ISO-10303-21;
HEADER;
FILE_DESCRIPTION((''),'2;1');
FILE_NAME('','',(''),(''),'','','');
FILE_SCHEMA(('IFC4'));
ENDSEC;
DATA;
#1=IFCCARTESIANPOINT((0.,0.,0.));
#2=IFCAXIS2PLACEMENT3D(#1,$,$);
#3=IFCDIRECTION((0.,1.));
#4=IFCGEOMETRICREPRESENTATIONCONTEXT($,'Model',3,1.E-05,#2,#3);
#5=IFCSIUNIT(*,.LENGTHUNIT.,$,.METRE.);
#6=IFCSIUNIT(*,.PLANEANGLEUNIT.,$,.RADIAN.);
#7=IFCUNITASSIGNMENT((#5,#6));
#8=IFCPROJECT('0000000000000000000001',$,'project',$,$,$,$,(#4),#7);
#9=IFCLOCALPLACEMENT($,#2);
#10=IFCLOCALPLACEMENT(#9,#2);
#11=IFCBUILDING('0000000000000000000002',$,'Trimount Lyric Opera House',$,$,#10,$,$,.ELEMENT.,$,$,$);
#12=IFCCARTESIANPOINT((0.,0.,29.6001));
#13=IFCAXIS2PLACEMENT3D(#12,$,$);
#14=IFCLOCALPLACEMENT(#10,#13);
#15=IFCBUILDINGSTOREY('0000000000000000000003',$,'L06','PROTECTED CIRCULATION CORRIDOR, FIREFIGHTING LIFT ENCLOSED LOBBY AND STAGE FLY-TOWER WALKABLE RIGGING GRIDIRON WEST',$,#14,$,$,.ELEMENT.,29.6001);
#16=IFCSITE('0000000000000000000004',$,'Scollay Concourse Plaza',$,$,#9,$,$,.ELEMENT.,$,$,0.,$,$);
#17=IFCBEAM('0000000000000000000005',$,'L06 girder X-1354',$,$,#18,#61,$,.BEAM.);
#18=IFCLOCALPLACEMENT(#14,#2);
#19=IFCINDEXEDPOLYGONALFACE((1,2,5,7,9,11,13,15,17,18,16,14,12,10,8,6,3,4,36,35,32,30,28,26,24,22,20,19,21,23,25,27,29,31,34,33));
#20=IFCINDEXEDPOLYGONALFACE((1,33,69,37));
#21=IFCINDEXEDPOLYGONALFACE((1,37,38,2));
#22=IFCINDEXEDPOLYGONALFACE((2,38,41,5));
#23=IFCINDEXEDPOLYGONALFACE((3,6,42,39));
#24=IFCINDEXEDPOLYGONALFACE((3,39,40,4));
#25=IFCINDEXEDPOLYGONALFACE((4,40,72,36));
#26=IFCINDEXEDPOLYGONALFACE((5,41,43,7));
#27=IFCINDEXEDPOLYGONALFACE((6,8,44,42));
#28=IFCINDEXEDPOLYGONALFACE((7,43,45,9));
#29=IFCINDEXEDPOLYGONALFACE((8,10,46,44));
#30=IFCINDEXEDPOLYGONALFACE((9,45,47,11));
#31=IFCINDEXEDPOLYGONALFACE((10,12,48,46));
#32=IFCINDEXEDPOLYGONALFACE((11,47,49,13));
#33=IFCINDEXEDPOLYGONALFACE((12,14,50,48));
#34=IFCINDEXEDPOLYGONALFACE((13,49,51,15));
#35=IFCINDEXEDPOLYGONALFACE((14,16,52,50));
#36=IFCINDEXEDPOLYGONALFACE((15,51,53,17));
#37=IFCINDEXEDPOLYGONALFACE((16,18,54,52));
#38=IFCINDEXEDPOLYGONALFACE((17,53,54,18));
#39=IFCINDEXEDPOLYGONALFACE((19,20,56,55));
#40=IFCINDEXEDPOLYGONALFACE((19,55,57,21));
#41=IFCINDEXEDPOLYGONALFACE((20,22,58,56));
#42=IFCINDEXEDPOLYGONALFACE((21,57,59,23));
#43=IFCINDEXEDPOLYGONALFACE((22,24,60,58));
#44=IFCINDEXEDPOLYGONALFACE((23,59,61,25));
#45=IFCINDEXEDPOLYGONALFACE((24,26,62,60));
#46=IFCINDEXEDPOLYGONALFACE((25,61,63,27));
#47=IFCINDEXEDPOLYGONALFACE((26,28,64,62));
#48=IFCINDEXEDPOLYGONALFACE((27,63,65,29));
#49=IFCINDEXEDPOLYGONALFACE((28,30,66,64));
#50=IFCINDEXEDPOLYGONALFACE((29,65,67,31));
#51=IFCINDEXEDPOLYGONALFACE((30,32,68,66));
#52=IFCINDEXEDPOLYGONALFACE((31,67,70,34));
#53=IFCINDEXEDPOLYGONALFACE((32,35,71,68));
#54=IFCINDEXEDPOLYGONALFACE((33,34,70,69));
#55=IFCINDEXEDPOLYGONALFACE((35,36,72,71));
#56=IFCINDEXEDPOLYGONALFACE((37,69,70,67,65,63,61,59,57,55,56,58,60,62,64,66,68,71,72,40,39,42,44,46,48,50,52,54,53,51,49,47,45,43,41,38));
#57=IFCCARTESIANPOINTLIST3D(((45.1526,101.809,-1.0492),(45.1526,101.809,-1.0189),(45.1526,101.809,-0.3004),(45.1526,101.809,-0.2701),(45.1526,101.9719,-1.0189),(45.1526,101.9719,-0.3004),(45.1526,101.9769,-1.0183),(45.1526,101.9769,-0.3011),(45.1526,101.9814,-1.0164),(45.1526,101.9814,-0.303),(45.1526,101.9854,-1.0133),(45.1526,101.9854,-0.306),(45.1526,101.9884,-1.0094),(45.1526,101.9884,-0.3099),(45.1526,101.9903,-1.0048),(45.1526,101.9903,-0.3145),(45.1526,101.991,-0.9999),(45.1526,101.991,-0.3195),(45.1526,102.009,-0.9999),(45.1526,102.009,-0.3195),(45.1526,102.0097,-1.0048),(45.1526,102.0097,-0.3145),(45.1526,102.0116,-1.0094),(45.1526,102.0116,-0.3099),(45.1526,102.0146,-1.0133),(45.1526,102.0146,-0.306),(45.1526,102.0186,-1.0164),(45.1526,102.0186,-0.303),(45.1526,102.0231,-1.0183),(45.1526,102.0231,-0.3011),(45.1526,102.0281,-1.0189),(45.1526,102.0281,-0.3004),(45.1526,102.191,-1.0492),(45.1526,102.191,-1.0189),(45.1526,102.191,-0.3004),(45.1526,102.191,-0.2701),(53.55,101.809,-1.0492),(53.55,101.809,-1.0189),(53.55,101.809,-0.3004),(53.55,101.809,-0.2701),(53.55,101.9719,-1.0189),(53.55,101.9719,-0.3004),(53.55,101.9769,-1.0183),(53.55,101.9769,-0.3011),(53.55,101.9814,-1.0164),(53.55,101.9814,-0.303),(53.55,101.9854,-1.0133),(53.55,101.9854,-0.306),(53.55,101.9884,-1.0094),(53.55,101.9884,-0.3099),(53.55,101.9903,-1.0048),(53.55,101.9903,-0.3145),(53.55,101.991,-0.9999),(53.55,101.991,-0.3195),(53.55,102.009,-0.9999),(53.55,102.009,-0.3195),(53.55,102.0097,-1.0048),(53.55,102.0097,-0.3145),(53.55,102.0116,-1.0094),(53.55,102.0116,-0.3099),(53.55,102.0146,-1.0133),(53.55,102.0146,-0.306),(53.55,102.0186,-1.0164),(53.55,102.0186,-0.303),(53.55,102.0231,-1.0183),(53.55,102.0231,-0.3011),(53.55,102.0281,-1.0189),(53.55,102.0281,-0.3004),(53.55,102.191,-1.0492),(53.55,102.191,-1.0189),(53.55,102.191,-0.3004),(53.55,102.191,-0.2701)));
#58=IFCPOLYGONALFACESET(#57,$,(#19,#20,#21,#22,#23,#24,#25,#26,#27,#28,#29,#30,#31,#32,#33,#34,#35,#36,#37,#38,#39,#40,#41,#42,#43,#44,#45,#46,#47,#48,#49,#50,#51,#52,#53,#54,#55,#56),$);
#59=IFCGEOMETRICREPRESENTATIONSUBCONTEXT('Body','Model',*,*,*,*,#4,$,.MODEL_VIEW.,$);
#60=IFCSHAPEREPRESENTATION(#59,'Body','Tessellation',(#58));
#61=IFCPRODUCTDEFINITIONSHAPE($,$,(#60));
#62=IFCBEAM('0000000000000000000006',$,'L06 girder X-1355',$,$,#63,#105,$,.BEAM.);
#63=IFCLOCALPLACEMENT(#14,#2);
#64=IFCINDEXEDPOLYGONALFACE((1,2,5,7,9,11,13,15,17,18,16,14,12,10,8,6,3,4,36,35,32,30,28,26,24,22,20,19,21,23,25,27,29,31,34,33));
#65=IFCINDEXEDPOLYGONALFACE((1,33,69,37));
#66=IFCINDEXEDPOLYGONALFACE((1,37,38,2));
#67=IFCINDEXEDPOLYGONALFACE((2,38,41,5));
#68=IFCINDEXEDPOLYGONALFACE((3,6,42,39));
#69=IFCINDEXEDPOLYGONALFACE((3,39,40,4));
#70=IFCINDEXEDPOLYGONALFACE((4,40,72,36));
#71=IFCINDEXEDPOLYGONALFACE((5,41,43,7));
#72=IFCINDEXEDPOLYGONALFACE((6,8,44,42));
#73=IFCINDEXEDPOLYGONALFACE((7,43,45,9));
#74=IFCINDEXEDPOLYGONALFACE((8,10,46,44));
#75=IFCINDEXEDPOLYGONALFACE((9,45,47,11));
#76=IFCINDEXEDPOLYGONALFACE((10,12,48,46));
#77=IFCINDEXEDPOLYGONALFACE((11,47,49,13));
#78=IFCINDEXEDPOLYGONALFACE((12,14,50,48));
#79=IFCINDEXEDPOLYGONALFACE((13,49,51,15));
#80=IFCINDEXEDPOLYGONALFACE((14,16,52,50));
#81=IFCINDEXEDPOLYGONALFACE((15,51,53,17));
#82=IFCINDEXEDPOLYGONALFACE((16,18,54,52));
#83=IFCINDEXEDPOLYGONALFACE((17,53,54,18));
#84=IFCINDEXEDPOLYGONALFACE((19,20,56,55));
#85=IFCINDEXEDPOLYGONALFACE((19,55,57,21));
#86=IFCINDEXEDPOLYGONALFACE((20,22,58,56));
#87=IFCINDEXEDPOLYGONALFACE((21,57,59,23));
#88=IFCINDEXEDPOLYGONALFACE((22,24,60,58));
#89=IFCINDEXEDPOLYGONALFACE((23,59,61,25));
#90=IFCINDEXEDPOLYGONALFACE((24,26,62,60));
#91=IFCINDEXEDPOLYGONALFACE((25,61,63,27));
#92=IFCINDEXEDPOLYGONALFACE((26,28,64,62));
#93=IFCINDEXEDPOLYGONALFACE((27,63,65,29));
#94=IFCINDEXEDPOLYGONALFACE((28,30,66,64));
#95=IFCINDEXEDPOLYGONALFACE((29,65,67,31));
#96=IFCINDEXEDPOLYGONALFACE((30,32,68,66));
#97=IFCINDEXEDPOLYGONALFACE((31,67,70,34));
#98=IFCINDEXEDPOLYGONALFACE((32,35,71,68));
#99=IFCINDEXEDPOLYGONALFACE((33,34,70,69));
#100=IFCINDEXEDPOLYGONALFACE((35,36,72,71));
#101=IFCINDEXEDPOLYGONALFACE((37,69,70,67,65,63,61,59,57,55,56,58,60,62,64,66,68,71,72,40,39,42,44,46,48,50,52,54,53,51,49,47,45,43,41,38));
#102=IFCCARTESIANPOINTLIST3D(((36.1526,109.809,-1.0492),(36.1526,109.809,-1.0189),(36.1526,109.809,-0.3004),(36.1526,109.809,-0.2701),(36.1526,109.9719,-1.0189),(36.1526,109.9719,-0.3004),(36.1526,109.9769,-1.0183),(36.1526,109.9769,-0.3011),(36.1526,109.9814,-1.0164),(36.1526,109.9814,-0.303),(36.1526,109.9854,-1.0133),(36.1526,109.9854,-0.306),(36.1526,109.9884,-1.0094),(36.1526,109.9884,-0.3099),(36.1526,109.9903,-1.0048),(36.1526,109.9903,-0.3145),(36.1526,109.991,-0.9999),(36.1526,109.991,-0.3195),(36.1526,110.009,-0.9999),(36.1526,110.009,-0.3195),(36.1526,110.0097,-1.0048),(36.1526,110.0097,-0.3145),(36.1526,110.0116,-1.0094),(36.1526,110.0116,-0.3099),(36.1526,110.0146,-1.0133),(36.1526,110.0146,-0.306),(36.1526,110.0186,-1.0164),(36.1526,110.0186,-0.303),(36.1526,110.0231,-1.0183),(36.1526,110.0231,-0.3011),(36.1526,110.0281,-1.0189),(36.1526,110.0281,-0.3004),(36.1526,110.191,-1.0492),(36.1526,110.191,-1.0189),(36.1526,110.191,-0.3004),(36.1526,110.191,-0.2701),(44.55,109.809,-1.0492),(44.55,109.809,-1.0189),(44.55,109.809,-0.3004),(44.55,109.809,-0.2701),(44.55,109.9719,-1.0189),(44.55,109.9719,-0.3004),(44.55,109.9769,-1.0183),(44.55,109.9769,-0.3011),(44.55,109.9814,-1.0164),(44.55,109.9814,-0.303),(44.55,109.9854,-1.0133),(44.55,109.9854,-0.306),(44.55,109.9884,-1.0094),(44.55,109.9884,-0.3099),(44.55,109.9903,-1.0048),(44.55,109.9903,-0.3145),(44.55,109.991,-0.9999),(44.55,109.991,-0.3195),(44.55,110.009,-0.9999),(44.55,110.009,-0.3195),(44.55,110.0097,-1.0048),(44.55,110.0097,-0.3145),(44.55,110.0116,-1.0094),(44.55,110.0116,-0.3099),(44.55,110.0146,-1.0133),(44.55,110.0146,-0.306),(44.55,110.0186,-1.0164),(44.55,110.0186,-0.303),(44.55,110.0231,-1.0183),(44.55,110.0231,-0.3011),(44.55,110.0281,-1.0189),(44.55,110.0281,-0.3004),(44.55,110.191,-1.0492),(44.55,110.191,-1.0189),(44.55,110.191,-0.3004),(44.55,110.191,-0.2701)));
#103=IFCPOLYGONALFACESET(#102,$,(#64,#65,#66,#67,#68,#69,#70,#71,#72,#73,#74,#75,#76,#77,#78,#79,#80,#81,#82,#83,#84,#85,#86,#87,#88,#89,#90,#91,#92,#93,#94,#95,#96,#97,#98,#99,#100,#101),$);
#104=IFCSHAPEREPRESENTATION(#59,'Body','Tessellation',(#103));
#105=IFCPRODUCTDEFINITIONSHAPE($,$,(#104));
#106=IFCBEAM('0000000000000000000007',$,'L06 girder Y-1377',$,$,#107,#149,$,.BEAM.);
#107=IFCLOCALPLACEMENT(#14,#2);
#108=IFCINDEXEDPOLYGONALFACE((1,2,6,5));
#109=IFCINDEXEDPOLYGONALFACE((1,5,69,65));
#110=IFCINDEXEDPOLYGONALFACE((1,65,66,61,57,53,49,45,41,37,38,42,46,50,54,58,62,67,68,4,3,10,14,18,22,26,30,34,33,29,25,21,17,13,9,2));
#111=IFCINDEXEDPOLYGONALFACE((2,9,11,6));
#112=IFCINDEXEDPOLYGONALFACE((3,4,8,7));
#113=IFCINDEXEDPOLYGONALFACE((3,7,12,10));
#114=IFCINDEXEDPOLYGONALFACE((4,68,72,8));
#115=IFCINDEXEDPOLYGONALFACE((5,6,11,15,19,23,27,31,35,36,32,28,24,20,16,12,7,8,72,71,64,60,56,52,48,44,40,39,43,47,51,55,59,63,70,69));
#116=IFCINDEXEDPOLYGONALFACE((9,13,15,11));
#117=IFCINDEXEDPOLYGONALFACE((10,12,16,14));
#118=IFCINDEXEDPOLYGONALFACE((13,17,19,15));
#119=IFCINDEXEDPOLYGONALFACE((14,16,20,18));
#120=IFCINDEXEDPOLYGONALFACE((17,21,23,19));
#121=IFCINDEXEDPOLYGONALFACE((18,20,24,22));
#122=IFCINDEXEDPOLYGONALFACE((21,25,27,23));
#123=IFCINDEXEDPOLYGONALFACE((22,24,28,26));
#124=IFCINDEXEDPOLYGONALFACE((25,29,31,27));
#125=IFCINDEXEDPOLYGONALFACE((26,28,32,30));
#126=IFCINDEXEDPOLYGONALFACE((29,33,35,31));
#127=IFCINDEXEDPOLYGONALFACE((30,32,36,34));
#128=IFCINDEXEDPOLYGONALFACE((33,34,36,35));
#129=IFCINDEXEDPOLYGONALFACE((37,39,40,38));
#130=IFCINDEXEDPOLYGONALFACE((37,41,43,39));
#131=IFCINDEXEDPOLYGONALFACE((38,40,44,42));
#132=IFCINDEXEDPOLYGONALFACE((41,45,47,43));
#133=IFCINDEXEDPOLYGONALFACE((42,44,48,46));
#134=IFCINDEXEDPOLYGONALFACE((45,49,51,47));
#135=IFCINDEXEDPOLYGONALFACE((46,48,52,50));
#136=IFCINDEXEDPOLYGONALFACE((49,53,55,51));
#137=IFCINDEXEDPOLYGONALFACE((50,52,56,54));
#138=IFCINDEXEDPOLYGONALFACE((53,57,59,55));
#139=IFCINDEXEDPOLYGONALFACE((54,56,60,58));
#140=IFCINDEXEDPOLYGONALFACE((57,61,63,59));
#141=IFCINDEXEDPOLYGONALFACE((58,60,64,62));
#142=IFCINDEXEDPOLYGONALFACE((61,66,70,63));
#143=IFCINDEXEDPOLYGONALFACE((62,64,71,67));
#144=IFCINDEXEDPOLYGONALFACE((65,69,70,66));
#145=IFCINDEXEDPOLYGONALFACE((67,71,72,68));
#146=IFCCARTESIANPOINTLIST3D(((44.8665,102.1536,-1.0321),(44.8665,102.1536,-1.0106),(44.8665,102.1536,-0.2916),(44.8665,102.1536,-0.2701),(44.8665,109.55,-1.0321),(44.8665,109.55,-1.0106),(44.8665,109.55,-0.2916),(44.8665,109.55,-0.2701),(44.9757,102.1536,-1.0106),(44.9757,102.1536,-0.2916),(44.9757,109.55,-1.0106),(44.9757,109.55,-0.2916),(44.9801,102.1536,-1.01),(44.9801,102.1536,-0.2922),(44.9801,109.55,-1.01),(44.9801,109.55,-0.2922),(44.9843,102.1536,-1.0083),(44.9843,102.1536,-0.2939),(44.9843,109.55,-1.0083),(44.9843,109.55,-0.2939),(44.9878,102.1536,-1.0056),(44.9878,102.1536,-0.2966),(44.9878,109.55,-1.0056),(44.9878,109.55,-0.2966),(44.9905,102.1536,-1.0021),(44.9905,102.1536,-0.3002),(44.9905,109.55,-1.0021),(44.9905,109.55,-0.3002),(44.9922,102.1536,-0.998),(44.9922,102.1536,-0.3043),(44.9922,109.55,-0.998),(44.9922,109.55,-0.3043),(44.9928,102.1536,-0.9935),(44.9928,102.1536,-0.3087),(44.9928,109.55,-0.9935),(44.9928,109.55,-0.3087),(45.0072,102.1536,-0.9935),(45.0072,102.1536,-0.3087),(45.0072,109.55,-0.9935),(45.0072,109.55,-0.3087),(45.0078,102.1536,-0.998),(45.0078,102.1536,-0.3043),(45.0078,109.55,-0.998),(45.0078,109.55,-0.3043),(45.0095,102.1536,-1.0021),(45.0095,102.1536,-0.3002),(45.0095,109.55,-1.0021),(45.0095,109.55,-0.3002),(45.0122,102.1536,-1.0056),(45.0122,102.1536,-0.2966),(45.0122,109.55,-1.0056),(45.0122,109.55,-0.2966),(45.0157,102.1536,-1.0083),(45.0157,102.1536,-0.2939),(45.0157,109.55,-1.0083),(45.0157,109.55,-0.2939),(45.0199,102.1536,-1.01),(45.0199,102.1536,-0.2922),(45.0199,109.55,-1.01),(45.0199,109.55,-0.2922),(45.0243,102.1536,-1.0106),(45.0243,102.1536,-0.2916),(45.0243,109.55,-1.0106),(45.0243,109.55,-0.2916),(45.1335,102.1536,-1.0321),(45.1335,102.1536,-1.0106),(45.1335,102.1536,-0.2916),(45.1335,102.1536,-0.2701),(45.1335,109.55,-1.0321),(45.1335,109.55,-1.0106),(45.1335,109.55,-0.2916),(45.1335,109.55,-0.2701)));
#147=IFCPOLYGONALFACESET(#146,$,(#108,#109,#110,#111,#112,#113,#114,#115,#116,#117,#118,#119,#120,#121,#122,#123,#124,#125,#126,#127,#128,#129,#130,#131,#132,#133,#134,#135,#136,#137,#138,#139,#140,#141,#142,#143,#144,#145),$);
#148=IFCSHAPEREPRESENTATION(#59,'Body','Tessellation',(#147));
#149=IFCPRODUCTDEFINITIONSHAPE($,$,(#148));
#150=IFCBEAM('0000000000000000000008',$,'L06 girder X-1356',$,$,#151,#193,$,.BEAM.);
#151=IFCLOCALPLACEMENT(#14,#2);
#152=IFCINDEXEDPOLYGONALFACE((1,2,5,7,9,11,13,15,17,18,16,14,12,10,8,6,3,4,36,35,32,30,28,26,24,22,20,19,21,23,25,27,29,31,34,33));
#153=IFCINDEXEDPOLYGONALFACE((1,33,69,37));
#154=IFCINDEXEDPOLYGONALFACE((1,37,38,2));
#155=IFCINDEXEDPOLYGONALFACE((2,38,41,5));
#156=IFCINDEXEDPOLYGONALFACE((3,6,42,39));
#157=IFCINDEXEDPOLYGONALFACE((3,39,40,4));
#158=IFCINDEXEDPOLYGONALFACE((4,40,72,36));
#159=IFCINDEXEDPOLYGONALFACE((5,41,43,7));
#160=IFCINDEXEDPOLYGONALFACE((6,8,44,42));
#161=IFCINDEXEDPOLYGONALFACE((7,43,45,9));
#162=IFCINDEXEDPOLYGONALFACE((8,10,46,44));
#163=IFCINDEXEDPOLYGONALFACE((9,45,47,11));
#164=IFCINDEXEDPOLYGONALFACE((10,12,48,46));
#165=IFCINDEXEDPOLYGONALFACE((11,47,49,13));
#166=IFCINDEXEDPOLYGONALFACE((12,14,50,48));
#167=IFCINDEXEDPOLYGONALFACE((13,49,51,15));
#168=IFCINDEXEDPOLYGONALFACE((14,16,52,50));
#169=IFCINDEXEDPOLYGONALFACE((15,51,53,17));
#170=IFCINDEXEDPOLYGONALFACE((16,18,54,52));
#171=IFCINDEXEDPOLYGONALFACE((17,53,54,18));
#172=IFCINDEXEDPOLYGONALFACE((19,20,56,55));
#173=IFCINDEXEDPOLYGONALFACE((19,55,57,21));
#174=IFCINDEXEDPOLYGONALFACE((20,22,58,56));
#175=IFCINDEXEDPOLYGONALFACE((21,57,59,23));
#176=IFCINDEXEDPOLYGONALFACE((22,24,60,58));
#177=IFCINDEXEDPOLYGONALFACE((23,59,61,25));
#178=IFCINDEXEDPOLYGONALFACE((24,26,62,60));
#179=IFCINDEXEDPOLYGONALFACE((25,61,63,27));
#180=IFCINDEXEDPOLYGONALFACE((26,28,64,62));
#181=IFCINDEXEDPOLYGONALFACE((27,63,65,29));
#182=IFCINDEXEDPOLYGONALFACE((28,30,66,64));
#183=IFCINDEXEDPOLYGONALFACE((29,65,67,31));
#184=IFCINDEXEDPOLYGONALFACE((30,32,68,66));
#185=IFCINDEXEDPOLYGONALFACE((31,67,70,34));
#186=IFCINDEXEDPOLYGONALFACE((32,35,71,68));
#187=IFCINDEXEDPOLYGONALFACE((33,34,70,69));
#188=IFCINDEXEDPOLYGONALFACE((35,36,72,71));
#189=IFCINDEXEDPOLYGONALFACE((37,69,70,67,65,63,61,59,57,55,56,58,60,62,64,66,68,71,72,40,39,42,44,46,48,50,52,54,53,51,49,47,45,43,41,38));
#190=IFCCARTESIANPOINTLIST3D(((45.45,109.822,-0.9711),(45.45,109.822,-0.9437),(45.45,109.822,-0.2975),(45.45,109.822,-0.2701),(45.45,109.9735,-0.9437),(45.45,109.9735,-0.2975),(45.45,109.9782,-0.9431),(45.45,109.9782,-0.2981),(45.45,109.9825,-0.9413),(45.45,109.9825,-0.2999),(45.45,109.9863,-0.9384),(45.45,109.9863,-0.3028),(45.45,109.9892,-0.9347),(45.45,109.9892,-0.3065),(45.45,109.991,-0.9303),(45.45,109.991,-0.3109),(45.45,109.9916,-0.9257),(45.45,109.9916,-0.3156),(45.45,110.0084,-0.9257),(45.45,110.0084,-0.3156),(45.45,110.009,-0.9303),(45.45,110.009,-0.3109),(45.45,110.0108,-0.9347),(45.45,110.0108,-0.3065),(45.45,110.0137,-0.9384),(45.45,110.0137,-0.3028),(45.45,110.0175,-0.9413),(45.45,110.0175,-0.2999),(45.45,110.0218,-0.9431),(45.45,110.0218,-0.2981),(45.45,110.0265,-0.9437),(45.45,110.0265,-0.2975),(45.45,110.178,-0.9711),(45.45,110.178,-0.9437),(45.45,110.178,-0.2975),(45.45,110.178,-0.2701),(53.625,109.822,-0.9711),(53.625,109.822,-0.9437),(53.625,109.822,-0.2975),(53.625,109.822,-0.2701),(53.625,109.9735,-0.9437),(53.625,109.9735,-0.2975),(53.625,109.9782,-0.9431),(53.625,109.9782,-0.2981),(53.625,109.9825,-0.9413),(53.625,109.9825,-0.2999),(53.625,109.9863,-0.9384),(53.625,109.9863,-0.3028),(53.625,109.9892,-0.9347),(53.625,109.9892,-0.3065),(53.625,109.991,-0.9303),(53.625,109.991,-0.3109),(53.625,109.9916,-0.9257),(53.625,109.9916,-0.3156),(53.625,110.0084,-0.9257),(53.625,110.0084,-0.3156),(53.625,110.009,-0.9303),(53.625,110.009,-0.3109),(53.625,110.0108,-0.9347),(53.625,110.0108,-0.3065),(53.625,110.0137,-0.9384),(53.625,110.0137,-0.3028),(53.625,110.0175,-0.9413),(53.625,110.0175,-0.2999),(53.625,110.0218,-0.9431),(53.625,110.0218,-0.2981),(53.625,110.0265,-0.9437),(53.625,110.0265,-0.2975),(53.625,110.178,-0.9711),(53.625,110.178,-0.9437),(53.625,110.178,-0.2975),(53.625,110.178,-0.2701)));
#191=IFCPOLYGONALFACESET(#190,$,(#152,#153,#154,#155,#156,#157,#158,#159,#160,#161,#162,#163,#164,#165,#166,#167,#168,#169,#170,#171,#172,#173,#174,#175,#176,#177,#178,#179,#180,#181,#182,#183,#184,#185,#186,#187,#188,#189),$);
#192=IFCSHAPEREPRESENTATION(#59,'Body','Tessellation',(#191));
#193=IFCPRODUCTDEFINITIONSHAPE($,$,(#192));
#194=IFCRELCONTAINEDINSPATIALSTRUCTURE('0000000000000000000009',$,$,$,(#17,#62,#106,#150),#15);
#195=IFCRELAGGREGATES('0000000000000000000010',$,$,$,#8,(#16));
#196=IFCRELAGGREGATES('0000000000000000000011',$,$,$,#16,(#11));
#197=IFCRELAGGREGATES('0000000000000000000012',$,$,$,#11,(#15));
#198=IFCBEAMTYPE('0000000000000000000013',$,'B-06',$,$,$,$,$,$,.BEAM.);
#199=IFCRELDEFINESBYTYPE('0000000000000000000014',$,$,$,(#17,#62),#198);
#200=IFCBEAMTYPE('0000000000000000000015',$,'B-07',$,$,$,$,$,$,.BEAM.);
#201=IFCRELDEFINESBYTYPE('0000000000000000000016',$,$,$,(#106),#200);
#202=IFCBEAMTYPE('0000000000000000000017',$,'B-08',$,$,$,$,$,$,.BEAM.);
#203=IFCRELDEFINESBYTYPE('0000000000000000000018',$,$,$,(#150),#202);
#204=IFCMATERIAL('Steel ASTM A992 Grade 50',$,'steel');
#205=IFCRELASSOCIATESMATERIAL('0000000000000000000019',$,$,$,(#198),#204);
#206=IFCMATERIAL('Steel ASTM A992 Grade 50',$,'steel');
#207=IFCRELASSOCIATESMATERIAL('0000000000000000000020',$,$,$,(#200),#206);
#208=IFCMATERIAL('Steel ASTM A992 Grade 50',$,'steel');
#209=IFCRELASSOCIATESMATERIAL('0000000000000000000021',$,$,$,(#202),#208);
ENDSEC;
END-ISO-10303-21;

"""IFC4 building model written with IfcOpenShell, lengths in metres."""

from ifc_helpers import new_model, si_unit, direction, frame, origin, origin_2d, place, context, subcontext, project, spatial, i_section, extrude, material, material_profile, profile_set, type_object, element, save


model = new_model("IFC4")

# Units and contexts
model_context = context("Model", 3, precision=1e-05, world=origin(), true_north=direction((0.0, 1.0)))
body_context = subcontext(model_context, "Body", "Model", "MODEL_VIEW")
ifc_project = project(units=[si_unit("LENGTHUNIT", "METRE"), si_unit("PLANEANGLEUNIT", "RADIAN")], contexts=[model_context])

# Site, building, storey
site_placement = place(None, origin())
site = spatial("IfcSite", under=ifc_project, at=site_placement, Name="Scollay Concourse Plaza", CompositionType="ELEMENT", RefElevation=0.0)
building_placement = place(site_placement, origin())
building = spatial("IfcBuilding", under=site, at=building_placement, Name="Trimount Lyric Opera House", CompositionType="ELEMENT")
storey_placement = place(building_placement, frame((0.0, 0.0, 29.6001)))
storey = spatial("IfcBuildingStorey", under=building, at=storey_placement, Name="L06", Description="PROTECTED CIRCULATION CORRIDOR, FIREFIGHTING LIFT ENCLOSED LOBBY AND STAGE FLY-TOWER WALKABLE RIGGING GRIDIRON WEST", CompositionType="ELEMENT", Elevation=29.6001)

# Beams
ifc_material_1 = material(Name="Steel ASTM A992 Grade 50", Category="steel")
ifc_material_profile_1 = material_profile(ifc_material_1, i_section(OverallWidth=0.3821, OverallDepth=0.7791, WebThickness=0.0181, FlangeThickness=0.0303, FilletRadius=0.019, at=origin_2d()), Name="W30X191")
ifc_profile_set_1 = profile_set([ifc_material_profile_1], Name="Steel ASTM A992 Grade 50")
beam_type_1 = type_object("IfcBeamType", Name="B-06", PredefinedType="BEAM", material=ifc_profile_set_1)
for number, where, z_axis, x_axis, name in (
    (1, (45.1526, 102.0, -0.6597), (1.0, 0.0, 0.0), (0.0, 1.0, 0.0), "L06 girder X-1354"),
    (2, (36.1526, 110.0, -0.6597), (1.0, 0.0, 0.0), (0.0, 1.0, 0.0), "L06 girder X-1355"),
):
    element("IfcBeam", number, at=place(storey_placement, frame(where, z_axis=z_axis, x_axis=x_axis)), inside=storey, type_object=beam_type_1, Name=name, PredefinedType="BEAM", context=body_context, shape_type="SweptSolid", body=[
        extrude(i_section(OverallWidth=0.3821, OverallDepth=0.7791, WebThickness=0.0181, FlangeThickness=0.0303, FilletRadius=0.019, at=origin_2d()), origin(), (0.0, 0.0, 1.0), 8.3975),
    ])
ifc_material_2 = material(Name="Steel ASTM A992 Grade 50", Category="steel")
ifc_material_profile_2 = material_profile(ifc_material_2, i_section(OverallWidth=0.2671, OverallDepth=0.762, WebThickness=0.0144, FlangeThickness=0.0215, FilletRadius=0.0171, at=origin_2d()), Name="W30X116")
ifc_profile_set_2 = profile_set([ifc_material_profile_2], Name="Steel ASTM A992 Grade 50")
beam_type_2 = type_object("IfcBeamType", Name="B-07", PredefinedType="BEAM", material=ifc_profile_set_2)
beam_1_placement = place(storey_placement, frame((45.0, 102.1536, -0.6511), z_axis=(0.0, 1.0, 0.0), x_axis=(-1.0, 0.0, 0.0)))
element("IfcBeam", 3, at=beam_1_placement, inside=storey, type_object=beam_type_2, Name="L06 girder Y-1377", PredefinedType="BEAM", context=body_context, shape_type="SweptSolid", body=[
    extrude(i_section(OverallWidth=0.2671, OverallDepth=0.762, WebThickness=0.0144, FlangeThickness=0.0215, FilletRadius=0.0171, at=origin_2d()), origin(), (0.0, 0.0, 1.0), 7.3965),
])
ifc_material_3 = material(Name="Steel ASTM A992 Grade 50", Category="steel")
ifc_material_profile_3 = material_profile(ifc_material_3, i_section(OverallWidth=0.356, OverallDepth=0.7009, WebThickness=0.0168, FlangeThickness=0.0273, FilletRadius=0.0181, at=origin_2d()), Name="W27X161")
ifc_profile_set_3 = profile_set([ifc_material_profile_3], Name="Steel ASTM A992 Grade 50")
beam_type_3 = type_object("IfcBeamType", Name="B-08", PredefinedType="BEAM", material=ifc_profile_set_3)
beam_2_placement = place(storey_placement, frame((45.45, 110.0, -0.6206), z_axis=(1.0, 0.0, 0.0), x_axis=(0.0, 1.0, 0.0)))
element("IfcBeam", 4, at=beam_2_placement, inside=storey, type_object=beam_type_3, Name="L06 girder X-1356", PredefinedType="BEAM", context=body_context, shape_type="SweptSolid", body=[
    extrude(i_section(OverallWidth=0.356, OverallDepth=0.7009, WebThickness=0.0168, FlangeThickness=0.0273, FilletRadius=0.0181, at=origin_2d()), origin(), (0.0, 0.0, 1.0), 8.175),
])

save(model, "model.ifc")
